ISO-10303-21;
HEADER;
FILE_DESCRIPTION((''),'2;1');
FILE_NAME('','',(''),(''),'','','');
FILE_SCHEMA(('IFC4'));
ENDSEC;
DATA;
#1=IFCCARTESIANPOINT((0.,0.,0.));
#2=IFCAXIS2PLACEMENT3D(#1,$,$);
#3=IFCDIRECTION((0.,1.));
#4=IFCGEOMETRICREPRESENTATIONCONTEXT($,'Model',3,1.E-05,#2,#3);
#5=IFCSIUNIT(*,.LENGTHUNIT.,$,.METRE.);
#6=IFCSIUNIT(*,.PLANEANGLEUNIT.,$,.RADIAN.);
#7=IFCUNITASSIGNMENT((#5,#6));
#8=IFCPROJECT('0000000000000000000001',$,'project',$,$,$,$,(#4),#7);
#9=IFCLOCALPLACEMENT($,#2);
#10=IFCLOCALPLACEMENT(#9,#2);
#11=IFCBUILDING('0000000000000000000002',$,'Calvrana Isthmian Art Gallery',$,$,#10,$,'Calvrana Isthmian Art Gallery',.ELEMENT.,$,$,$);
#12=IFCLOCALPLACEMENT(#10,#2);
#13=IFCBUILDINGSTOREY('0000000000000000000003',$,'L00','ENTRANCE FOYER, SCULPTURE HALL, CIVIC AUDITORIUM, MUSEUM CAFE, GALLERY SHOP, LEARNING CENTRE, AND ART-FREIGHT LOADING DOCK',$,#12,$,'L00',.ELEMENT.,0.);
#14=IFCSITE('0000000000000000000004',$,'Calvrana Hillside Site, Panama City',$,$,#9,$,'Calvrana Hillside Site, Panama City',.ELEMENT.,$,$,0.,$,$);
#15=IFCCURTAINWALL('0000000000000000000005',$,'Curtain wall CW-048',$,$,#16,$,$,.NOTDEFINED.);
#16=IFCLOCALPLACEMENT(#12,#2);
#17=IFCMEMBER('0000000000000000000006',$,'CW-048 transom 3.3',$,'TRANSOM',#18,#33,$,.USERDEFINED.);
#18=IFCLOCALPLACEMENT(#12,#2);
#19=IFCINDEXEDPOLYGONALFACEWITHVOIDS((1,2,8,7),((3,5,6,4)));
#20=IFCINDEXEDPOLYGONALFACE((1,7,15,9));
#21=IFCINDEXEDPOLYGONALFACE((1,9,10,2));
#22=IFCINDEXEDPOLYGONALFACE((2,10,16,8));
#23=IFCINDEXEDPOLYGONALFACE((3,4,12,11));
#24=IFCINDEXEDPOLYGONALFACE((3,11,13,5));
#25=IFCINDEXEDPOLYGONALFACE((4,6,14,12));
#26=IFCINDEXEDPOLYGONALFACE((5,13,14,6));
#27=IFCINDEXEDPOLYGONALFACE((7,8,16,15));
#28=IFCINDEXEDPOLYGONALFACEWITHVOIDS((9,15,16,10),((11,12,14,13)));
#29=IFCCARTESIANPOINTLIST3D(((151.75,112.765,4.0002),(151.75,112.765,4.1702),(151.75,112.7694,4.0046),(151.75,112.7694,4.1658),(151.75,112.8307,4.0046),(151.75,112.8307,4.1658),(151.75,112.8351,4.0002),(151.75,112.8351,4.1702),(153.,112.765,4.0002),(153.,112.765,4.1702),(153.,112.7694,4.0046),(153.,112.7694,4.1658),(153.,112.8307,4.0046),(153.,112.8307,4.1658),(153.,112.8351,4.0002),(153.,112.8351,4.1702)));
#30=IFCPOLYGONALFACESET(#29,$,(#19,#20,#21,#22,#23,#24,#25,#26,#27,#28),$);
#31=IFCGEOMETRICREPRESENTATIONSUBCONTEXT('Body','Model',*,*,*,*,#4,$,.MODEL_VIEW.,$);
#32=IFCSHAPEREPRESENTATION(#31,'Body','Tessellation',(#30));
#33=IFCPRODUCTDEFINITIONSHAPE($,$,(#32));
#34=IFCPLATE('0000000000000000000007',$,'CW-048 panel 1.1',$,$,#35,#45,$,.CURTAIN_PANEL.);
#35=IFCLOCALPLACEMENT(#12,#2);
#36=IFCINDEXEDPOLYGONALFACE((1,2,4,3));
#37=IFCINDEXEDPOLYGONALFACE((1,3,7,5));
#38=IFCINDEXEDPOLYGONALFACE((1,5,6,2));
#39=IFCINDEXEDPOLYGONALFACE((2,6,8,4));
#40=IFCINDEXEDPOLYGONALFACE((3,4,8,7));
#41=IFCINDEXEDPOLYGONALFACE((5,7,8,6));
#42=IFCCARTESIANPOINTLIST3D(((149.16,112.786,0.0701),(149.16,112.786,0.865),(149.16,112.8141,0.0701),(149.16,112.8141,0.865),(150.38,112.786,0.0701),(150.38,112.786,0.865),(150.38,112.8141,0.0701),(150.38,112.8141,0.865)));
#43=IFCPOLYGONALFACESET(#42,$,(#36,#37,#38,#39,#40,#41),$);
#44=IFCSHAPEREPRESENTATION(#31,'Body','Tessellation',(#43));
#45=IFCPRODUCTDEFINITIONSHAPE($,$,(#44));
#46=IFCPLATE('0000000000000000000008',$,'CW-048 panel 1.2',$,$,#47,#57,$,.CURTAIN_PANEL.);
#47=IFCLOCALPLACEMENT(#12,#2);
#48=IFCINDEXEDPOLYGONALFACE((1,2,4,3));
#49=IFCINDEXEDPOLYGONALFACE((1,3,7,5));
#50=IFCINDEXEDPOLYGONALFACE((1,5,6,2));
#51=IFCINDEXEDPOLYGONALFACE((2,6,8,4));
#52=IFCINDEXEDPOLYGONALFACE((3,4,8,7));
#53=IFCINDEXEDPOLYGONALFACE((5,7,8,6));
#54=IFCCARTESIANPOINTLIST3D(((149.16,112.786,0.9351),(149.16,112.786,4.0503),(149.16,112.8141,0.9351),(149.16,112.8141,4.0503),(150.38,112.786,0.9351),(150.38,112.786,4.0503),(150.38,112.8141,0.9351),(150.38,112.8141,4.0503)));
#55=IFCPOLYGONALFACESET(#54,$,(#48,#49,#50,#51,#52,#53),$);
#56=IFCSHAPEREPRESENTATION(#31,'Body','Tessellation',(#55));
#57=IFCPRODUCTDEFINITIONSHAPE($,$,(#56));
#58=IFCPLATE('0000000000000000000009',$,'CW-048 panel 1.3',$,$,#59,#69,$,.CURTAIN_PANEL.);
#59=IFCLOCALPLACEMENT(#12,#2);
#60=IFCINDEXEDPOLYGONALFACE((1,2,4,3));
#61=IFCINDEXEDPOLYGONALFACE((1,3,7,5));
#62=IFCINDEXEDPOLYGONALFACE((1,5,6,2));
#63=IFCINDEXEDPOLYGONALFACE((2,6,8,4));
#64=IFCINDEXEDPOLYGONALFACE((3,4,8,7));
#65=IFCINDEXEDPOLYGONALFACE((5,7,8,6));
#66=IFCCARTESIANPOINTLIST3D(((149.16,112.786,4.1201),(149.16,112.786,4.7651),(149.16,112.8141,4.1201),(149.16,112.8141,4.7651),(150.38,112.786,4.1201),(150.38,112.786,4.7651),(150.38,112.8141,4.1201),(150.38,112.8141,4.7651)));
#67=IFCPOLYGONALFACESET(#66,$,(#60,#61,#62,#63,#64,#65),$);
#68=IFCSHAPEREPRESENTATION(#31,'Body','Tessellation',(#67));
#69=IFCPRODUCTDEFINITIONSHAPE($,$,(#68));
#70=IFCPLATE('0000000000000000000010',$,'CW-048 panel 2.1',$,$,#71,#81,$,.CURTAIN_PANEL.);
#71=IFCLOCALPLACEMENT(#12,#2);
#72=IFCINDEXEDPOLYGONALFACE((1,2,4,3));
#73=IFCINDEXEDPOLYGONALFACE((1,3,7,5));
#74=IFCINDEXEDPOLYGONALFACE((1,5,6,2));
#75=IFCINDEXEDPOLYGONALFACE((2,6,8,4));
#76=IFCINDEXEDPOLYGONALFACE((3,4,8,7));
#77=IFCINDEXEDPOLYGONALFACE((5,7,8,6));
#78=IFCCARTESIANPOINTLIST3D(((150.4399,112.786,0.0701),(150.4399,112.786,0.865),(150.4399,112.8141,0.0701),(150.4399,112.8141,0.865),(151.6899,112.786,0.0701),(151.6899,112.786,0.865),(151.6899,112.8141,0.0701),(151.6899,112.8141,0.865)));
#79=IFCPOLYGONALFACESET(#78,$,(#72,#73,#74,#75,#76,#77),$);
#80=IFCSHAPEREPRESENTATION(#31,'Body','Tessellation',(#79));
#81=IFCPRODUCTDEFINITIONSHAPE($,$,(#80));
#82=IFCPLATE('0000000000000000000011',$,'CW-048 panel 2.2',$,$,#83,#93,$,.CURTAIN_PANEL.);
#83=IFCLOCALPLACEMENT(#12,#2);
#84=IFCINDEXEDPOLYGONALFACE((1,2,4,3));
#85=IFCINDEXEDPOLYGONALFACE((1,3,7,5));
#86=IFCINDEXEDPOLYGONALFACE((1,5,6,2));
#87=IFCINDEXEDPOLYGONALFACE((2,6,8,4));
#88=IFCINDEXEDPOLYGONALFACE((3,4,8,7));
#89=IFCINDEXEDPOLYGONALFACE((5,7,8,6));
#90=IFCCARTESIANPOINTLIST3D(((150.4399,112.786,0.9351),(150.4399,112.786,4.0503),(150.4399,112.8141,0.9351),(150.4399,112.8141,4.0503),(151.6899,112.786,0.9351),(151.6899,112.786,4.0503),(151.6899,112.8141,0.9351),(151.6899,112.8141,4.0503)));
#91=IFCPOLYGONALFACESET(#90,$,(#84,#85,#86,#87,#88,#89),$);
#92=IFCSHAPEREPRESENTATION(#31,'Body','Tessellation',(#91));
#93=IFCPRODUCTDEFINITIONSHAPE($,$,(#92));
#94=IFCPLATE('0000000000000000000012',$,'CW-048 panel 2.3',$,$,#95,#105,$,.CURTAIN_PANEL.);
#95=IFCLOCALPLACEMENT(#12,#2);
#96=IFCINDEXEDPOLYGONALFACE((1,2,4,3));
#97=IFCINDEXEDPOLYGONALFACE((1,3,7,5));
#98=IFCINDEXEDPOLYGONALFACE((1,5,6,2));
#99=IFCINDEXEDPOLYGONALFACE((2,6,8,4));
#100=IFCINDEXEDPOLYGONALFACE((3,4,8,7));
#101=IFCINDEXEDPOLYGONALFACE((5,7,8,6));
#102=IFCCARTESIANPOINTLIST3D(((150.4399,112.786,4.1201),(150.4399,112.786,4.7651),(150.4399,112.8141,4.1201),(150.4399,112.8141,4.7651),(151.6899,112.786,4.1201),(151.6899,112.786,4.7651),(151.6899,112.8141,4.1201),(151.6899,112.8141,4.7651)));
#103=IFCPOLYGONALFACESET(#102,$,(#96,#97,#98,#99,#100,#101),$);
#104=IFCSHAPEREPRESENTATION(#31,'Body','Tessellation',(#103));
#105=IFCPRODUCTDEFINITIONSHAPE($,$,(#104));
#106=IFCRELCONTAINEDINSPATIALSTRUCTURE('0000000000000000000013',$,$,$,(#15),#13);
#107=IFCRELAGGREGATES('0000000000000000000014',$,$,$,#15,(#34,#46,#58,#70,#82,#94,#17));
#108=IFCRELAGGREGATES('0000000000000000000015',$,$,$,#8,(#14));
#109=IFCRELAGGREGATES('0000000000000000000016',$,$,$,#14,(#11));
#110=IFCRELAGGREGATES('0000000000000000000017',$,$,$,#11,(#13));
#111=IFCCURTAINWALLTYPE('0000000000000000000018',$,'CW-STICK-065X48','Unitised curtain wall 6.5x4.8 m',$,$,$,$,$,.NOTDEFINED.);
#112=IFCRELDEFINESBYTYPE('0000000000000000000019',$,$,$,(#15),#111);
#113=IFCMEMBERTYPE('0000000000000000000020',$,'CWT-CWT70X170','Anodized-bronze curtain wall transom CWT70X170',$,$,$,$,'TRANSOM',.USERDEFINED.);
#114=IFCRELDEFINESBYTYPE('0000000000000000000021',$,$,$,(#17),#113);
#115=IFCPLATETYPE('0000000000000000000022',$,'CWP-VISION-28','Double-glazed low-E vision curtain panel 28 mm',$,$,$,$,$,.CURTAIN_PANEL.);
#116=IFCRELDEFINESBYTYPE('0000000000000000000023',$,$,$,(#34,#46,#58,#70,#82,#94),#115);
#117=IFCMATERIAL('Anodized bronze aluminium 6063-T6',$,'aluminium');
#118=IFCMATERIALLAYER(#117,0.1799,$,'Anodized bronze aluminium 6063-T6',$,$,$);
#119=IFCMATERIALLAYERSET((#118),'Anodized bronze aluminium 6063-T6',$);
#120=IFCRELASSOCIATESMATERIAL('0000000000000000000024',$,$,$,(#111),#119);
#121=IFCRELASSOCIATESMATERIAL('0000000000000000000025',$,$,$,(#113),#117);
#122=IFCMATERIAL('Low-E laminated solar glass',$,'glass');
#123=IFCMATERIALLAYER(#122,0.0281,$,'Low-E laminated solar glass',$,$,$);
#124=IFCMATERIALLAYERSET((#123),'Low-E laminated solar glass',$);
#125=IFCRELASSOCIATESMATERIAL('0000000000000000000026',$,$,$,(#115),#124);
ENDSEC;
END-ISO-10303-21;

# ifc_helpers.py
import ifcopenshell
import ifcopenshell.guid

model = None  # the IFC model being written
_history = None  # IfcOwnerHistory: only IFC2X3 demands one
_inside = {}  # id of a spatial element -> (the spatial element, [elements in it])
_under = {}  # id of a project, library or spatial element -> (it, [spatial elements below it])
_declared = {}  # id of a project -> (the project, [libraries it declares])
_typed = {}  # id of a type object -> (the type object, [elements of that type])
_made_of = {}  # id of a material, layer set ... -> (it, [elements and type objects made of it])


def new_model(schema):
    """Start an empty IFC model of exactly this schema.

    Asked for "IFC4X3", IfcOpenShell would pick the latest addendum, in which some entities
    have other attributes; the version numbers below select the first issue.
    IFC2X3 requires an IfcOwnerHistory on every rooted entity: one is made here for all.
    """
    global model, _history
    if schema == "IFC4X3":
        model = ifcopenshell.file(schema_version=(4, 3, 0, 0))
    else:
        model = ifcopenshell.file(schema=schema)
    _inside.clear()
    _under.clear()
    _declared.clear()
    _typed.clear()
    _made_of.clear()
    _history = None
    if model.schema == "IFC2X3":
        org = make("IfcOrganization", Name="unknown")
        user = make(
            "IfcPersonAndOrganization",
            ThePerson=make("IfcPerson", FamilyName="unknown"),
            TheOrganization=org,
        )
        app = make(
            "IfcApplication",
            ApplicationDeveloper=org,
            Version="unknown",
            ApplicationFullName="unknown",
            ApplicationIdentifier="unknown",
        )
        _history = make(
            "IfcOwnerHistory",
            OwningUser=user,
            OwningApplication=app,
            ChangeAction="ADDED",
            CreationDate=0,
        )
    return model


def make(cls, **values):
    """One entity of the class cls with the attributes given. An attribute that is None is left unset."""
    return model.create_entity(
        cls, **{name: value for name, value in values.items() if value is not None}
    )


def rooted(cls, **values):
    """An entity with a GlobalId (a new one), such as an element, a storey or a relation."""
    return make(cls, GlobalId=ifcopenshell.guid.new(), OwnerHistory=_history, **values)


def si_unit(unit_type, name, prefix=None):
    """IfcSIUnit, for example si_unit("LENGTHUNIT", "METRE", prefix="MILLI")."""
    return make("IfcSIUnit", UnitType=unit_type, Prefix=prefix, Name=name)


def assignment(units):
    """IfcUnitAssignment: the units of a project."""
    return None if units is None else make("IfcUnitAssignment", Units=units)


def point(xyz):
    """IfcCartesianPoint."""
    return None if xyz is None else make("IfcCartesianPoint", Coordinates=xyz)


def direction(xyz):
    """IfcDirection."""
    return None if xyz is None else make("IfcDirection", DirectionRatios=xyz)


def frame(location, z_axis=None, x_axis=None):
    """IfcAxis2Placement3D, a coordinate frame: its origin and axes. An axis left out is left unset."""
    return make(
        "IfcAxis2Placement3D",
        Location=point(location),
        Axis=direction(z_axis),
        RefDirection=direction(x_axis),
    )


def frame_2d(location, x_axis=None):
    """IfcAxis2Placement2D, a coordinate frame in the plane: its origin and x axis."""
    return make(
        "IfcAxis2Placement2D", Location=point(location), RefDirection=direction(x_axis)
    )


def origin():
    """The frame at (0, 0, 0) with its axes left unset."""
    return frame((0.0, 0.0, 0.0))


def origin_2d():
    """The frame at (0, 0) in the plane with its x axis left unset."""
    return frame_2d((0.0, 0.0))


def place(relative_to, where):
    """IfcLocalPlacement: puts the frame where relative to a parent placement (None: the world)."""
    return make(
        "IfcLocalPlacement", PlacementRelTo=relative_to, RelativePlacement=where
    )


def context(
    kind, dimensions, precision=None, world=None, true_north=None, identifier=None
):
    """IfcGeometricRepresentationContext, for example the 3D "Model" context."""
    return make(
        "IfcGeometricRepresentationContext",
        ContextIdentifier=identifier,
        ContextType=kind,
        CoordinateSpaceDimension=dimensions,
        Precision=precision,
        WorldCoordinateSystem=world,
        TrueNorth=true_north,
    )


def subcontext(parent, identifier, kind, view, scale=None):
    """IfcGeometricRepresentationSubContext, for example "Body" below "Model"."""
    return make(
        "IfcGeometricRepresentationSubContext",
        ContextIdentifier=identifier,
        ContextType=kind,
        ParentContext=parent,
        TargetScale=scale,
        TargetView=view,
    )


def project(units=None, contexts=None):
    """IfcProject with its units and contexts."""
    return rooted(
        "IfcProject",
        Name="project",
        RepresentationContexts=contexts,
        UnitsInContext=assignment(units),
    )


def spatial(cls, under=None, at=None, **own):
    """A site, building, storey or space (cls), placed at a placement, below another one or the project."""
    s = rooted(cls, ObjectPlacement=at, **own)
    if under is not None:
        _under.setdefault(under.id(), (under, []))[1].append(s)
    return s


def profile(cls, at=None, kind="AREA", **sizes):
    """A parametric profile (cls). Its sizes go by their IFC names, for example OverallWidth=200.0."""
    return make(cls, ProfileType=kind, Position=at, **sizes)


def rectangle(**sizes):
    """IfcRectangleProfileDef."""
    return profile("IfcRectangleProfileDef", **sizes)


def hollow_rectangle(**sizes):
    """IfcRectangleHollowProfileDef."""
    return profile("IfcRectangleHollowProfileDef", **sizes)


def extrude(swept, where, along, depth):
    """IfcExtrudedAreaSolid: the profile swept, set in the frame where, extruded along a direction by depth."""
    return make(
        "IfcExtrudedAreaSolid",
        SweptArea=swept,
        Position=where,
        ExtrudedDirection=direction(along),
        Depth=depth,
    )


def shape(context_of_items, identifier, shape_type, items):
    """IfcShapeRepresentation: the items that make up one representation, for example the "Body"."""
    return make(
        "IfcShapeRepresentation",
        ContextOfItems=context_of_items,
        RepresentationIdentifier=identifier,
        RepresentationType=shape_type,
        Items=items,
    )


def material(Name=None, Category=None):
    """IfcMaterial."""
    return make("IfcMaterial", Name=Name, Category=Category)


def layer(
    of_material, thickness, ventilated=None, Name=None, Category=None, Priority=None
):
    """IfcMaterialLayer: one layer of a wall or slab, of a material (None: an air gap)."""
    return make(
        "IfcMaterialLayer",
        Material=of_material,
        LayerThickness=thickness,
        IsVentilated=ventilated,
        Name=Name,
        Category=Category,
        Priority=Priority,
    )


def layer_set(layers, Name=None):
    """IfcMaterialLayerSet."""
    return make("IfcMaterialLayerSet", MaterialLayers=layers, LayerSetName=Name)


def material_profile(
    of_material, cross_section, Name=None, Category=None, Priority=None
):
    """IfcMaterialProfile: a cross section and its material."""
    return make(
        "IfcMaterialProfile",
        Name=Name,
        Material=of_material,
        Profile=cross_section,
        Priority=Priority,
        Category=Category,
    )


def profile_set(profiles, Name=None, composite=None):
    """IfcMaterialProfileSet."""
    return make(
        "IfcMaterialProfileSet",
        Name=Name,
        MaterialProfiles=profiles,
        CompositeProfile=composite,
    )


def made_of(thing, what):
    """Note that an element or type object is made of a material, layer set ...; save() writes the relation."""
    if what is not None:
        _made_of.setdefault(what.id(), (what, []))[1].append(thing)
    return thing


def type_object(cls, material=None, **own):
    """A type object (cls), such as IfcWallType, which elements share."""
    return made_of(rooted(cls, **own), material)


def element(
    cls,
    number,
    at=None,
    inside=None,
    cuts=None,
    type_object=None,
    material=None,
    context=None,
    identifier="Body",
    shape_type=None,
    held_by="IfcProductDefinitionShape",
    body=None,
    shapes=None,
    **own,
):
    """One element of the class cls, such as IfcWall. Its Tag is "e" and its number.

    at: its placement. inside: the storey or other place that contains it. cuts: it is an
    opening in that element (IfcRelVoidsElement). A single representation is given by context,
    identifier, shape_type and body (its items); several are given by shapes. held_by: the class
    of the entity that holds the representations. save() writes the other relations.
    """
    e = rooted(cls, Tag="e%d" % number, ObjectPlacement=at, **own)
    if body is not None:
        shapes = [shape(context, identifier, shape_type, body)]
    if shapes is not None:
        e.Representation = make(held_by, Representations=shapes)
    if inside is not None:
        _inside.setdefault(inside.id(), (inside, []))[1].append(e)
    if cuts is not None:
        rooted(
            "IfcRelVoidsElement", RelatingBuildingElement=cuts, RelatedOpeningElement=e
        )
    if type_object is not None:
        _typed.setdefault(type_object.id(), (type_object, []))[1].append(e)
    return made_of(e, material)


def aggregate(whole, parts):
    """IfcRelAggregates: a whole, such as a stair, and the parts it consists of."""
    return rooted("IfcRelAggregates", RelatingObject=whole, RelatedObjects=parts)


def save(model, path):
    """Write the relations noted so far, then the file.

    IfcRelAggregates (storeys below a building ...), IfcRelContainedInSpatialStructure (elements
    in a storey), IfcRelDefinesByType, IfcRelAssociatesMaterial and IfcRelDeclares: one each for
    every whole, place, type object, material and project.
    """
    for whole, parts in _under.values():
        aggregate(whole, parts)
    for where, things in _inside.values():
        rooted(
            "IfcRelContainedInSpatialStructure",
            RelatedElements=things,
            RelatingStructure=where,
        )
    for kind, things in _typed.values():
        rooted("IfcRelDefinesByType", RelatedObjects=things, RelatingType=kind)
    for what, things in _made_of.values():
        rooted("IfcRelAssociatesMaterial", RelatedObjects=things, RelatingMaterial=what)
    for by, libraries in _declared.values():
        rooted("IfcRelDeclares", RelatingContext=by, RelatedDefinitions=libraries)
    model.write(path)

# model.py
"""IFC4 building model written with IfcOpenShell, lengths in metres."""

from ifc_helpers import new_model, si_unit, direction, frame, origin, origin_2d, place, context, subcontext, project, spatial, rectangle, hollow_rectangle, extrude, material, layer, layer_set, material_profile, profile_set, type_object, element, aggregate, save


model = new_model("IFC4")

# Units and contexts
model_context = context("Model", 3, precision=1e-05, world=origin(), true_north=direction((0.0, 1.0)))
body_context = subcontext(model_context, "Body", "Model", "MODEL_VIEW")
ifc_project = project(units=[si_unit("LENGTHUNIT", "METRE"), si_unit("PLANEANGLEUNIT", "RADIAN")], contexts=[model_context])

# Site, building, storey
site_placement = place(None, origin())
site = spatial("IfcSite", under=ifc_project, at=site_placement, Name="Calvrana Hillside Site, Panama City", LongName="Calvrana Hillside Site, Panama City", CompositionType="ELEMENT", RefElevation=0.0)
building_placement = place(site_placement, origin())
building = spatial("IfcBuilding", under=site, at=building_placement, Name="Calvrana Isthmian Art Gallery", LongName="Calvrana Isthmian Art Gallery", CompositionType="ELEMENT")
storey_placement = place(building_placement, origin())
storey = spatial("IfcBuildingStorey", under=building, at=storey_placement, Name="L00", Description="ENTRANCE FOYER, SCULPTURE HALL, CIVIC AUDITORIUM, MUSEUM CAFE, GALLERY SHOP, LEARNING CENTRE, AND ART-FREIGHT LOADING DOCK", LongName="L00", CompositionType="ELEMENT", Elevation=0.0)

# Curtain wall, member, plates
ifc_material_1 = material(Name="Anodized bronze aluminium 6063-T6", Category="aluminium")
ifc_layer_1 = layer(ifc_material_1, 0.1799, Name="Anodized bronze aluminium 6063-T6")
ifc_layer_set_1 = layer_set([ifc_layer_1], Name="Anodized bronze aluminium 6063-T6")
curtain_wall_type = type_object("IfcCurtainWallType", Name="CW-STICK-065X48", Description="Unitised curtain wall 6.5x4.8 m", PredefinedType="NOTDEFINED", material=ifc_layer_set_1)
curtain_wall_placement = place(storey_placement, origin())
curtain_wall = element("IfcCurtainWall", 1, at=curtain_wall_placement, inside=storey, type_object=curtain_wall_type, Name="Curtain wall CW-048", PredefinedType="NOTDEFINED")
ifc_material_profile_1 = material_profile(ifc_material_1, hollow_rectangle(XDim=0.0701, YDim=0.1699, WallThickness=0.0044, at=origin_2d()), Name="CWT70X170")
ifc_profile_set_1 = profile_set([ifc_material_profile_1], Name="Anodized bronze aluminium 6063-T6")
member_type_1 = type_object("IfcMemberType", Name="CWT-CWT70X170", Description="Anodized-bronze curtain wall transom CWT70X170", ElementType="TRANSOM", PredefinedType="USERDEFINED", material=ifc_profile_set_1)
member_1_placement = place(storey_placement, frame((151.75, 112.8, 4.0852), z_axis=(1.0, 0.0, 0.0), x_axis=(0.0, 1.0, 0.0)))
member_1 = element("IfcMember", 2, at=member_1_placement, type_object=member_type_1, Name="CW-048 transom 3.3", ObjectType="TRANSOM", PredefinedType="USERDEFINED", context=body_context, shape_type="SweptSolid", body=[
    extrude(hollow_rectangle(XDim=0.0701, YDim=0.1699, WallThickness=0.0044, at=origin_2d()), origin(), (0.0, 0.0, 1.0), 1.25),
])
ifc_material_2 = material(Name="Low-E laminated solar glass", Category="glass")
ifc_layer_2 = layer(ifc_material_2, 0.0281, Name="Low-E laminated solar glass")
ifc_layer_set_2 = layer_set([ifc_layer_2], Name="Low-E laminated solar glass")
plate_type = type_object("IfcPlateType", Name="CWP-VISION-28", Description="Double-glazed low-E vision curtain panel 28 mm", PredefinedType="CURTAIN_PANEL", material=ifc_layer_set_2)
plate_1_placement = place(storey_placement, frame((149.77, 112.8, 0.0701), z_axis=(0.0, 0.0, 1.0), x_axis=(1.0, 0.0, 0.0)))
plate_1 = element("IfcPlate", 3, at=plate_1_placement, type_object=plate_type, Name="CW-048 panel 1.1", PredefinedType="CURTAIN_PANEL", context=body_context, shape_type="SweptSolid", body=[
    extrude(rectangle(XDim=1.22, YDim=0.0281, at=origin_2d()), origin(), (0.0, 0.0, 1.0), 0.7949),
])
plate_2_placement = place(storey_placement, frame((149.77, 112.8, 0.9351), z_axis=(0.0, 0.0, 1.0), x_axis=(1.0, 0.0, 0.0)))
plate_2 = element("IfcPlate", 4, at=plate_2_placement, type_object=plate_type, Name="CW-048 panel 1.2", PredefinedType="CURTAIN_PANEL", context=body_context, shape_type="SweptSolid", body=[
    extrude(rectangle(XDim=1.22, YDim=0.0281, at=origin_2d()), origin(), (0.0, 0.0, 1.0), 3.1152),
])
plate_3_placement = place(storey_placement, frame((149.77, 112.8, 4.1201), z_axis=(0.0, 0.0, 1.0), x_axis=(1.0, 0.0, 0.0)))
plate_3 = element("IfcPlate", 5, at=plate_3_placement, type_object=plate_type, Name="CW-048 panel 1.3", PredefinedType="CURTAIN_PANEL", context=body_context, shape_type="SweptSolid", body=[
    extrude(rectangle(XDim=1.22, YDim=0.0281, at=origin_2d()), origin(), (0.0, 0.0, 1.0), 0.645),
])
plate_4_placement = place(storey_placement, frame((151.0649, 112.8, 0.0701), z_axis=(0.0, 0.0, 1.0), x_axis=(1.0, 0.0, 0.0)))
plate_4 = element("IfcPlate", 6, at=plate_4_placement, type_object=plate_type, Name="CW-048 panel 2.1", PredefinedType="CURTAIN_PANEL", context=body_context, shape_type="SweptSolid", body=[
    extrude(rectangle(XDim=1.25, YDim=0.0281, at=origin_2d()), origin(), (0.0, 0.0, 1.0), 0.7949),
])
plate_5_placement = place(storey_placement, frame((151.0649, 112.8, 0.9351), z_axis=(0.0, 0.0, 1.0), x_axis=(1.0, 0.0, 0.0)))
plate_5 = element("IfcPlate", 7, at=plate_5_placement, type_object=plate_type, Name="CW-048 panel 2.2", PredefinedType="CURTAIN_PANEL", context=body_context, shape_type="SweptSolid", body=[
    extrude(rectangle(XDim=1.25, YDim=0.0281, at=origin_2d()), origin(), (0.0, 0.0, 1.0), 3.1152),
])
plate_6_placement = place(storey_placement, frame((151.0649, 112.8, 4.1201), z_axis=(0.0, 0.0, 1.0), x_axis=(1.0, 0.0, 0.0)))
plate_6 = element("IfcPlate", 8, at=plate_6_placement, type_object=plate_type, Name="CW-048 panel 2.3", PredefinedType="CURTAIN_PANEL", context=body_context, shape_type="SweptSolid", body=[
    extrude(rectangle(XDim=1.25, YDim=0.0281, at=origin_2d()), origin(), (0.0, 0.0, 1.0), 0.645),
])
aggregate(curtain_wall, [plate_1, plate_2, plate_3, plate_4, plate_5, plate_6, member_1])

save(model, "model.ifc")
